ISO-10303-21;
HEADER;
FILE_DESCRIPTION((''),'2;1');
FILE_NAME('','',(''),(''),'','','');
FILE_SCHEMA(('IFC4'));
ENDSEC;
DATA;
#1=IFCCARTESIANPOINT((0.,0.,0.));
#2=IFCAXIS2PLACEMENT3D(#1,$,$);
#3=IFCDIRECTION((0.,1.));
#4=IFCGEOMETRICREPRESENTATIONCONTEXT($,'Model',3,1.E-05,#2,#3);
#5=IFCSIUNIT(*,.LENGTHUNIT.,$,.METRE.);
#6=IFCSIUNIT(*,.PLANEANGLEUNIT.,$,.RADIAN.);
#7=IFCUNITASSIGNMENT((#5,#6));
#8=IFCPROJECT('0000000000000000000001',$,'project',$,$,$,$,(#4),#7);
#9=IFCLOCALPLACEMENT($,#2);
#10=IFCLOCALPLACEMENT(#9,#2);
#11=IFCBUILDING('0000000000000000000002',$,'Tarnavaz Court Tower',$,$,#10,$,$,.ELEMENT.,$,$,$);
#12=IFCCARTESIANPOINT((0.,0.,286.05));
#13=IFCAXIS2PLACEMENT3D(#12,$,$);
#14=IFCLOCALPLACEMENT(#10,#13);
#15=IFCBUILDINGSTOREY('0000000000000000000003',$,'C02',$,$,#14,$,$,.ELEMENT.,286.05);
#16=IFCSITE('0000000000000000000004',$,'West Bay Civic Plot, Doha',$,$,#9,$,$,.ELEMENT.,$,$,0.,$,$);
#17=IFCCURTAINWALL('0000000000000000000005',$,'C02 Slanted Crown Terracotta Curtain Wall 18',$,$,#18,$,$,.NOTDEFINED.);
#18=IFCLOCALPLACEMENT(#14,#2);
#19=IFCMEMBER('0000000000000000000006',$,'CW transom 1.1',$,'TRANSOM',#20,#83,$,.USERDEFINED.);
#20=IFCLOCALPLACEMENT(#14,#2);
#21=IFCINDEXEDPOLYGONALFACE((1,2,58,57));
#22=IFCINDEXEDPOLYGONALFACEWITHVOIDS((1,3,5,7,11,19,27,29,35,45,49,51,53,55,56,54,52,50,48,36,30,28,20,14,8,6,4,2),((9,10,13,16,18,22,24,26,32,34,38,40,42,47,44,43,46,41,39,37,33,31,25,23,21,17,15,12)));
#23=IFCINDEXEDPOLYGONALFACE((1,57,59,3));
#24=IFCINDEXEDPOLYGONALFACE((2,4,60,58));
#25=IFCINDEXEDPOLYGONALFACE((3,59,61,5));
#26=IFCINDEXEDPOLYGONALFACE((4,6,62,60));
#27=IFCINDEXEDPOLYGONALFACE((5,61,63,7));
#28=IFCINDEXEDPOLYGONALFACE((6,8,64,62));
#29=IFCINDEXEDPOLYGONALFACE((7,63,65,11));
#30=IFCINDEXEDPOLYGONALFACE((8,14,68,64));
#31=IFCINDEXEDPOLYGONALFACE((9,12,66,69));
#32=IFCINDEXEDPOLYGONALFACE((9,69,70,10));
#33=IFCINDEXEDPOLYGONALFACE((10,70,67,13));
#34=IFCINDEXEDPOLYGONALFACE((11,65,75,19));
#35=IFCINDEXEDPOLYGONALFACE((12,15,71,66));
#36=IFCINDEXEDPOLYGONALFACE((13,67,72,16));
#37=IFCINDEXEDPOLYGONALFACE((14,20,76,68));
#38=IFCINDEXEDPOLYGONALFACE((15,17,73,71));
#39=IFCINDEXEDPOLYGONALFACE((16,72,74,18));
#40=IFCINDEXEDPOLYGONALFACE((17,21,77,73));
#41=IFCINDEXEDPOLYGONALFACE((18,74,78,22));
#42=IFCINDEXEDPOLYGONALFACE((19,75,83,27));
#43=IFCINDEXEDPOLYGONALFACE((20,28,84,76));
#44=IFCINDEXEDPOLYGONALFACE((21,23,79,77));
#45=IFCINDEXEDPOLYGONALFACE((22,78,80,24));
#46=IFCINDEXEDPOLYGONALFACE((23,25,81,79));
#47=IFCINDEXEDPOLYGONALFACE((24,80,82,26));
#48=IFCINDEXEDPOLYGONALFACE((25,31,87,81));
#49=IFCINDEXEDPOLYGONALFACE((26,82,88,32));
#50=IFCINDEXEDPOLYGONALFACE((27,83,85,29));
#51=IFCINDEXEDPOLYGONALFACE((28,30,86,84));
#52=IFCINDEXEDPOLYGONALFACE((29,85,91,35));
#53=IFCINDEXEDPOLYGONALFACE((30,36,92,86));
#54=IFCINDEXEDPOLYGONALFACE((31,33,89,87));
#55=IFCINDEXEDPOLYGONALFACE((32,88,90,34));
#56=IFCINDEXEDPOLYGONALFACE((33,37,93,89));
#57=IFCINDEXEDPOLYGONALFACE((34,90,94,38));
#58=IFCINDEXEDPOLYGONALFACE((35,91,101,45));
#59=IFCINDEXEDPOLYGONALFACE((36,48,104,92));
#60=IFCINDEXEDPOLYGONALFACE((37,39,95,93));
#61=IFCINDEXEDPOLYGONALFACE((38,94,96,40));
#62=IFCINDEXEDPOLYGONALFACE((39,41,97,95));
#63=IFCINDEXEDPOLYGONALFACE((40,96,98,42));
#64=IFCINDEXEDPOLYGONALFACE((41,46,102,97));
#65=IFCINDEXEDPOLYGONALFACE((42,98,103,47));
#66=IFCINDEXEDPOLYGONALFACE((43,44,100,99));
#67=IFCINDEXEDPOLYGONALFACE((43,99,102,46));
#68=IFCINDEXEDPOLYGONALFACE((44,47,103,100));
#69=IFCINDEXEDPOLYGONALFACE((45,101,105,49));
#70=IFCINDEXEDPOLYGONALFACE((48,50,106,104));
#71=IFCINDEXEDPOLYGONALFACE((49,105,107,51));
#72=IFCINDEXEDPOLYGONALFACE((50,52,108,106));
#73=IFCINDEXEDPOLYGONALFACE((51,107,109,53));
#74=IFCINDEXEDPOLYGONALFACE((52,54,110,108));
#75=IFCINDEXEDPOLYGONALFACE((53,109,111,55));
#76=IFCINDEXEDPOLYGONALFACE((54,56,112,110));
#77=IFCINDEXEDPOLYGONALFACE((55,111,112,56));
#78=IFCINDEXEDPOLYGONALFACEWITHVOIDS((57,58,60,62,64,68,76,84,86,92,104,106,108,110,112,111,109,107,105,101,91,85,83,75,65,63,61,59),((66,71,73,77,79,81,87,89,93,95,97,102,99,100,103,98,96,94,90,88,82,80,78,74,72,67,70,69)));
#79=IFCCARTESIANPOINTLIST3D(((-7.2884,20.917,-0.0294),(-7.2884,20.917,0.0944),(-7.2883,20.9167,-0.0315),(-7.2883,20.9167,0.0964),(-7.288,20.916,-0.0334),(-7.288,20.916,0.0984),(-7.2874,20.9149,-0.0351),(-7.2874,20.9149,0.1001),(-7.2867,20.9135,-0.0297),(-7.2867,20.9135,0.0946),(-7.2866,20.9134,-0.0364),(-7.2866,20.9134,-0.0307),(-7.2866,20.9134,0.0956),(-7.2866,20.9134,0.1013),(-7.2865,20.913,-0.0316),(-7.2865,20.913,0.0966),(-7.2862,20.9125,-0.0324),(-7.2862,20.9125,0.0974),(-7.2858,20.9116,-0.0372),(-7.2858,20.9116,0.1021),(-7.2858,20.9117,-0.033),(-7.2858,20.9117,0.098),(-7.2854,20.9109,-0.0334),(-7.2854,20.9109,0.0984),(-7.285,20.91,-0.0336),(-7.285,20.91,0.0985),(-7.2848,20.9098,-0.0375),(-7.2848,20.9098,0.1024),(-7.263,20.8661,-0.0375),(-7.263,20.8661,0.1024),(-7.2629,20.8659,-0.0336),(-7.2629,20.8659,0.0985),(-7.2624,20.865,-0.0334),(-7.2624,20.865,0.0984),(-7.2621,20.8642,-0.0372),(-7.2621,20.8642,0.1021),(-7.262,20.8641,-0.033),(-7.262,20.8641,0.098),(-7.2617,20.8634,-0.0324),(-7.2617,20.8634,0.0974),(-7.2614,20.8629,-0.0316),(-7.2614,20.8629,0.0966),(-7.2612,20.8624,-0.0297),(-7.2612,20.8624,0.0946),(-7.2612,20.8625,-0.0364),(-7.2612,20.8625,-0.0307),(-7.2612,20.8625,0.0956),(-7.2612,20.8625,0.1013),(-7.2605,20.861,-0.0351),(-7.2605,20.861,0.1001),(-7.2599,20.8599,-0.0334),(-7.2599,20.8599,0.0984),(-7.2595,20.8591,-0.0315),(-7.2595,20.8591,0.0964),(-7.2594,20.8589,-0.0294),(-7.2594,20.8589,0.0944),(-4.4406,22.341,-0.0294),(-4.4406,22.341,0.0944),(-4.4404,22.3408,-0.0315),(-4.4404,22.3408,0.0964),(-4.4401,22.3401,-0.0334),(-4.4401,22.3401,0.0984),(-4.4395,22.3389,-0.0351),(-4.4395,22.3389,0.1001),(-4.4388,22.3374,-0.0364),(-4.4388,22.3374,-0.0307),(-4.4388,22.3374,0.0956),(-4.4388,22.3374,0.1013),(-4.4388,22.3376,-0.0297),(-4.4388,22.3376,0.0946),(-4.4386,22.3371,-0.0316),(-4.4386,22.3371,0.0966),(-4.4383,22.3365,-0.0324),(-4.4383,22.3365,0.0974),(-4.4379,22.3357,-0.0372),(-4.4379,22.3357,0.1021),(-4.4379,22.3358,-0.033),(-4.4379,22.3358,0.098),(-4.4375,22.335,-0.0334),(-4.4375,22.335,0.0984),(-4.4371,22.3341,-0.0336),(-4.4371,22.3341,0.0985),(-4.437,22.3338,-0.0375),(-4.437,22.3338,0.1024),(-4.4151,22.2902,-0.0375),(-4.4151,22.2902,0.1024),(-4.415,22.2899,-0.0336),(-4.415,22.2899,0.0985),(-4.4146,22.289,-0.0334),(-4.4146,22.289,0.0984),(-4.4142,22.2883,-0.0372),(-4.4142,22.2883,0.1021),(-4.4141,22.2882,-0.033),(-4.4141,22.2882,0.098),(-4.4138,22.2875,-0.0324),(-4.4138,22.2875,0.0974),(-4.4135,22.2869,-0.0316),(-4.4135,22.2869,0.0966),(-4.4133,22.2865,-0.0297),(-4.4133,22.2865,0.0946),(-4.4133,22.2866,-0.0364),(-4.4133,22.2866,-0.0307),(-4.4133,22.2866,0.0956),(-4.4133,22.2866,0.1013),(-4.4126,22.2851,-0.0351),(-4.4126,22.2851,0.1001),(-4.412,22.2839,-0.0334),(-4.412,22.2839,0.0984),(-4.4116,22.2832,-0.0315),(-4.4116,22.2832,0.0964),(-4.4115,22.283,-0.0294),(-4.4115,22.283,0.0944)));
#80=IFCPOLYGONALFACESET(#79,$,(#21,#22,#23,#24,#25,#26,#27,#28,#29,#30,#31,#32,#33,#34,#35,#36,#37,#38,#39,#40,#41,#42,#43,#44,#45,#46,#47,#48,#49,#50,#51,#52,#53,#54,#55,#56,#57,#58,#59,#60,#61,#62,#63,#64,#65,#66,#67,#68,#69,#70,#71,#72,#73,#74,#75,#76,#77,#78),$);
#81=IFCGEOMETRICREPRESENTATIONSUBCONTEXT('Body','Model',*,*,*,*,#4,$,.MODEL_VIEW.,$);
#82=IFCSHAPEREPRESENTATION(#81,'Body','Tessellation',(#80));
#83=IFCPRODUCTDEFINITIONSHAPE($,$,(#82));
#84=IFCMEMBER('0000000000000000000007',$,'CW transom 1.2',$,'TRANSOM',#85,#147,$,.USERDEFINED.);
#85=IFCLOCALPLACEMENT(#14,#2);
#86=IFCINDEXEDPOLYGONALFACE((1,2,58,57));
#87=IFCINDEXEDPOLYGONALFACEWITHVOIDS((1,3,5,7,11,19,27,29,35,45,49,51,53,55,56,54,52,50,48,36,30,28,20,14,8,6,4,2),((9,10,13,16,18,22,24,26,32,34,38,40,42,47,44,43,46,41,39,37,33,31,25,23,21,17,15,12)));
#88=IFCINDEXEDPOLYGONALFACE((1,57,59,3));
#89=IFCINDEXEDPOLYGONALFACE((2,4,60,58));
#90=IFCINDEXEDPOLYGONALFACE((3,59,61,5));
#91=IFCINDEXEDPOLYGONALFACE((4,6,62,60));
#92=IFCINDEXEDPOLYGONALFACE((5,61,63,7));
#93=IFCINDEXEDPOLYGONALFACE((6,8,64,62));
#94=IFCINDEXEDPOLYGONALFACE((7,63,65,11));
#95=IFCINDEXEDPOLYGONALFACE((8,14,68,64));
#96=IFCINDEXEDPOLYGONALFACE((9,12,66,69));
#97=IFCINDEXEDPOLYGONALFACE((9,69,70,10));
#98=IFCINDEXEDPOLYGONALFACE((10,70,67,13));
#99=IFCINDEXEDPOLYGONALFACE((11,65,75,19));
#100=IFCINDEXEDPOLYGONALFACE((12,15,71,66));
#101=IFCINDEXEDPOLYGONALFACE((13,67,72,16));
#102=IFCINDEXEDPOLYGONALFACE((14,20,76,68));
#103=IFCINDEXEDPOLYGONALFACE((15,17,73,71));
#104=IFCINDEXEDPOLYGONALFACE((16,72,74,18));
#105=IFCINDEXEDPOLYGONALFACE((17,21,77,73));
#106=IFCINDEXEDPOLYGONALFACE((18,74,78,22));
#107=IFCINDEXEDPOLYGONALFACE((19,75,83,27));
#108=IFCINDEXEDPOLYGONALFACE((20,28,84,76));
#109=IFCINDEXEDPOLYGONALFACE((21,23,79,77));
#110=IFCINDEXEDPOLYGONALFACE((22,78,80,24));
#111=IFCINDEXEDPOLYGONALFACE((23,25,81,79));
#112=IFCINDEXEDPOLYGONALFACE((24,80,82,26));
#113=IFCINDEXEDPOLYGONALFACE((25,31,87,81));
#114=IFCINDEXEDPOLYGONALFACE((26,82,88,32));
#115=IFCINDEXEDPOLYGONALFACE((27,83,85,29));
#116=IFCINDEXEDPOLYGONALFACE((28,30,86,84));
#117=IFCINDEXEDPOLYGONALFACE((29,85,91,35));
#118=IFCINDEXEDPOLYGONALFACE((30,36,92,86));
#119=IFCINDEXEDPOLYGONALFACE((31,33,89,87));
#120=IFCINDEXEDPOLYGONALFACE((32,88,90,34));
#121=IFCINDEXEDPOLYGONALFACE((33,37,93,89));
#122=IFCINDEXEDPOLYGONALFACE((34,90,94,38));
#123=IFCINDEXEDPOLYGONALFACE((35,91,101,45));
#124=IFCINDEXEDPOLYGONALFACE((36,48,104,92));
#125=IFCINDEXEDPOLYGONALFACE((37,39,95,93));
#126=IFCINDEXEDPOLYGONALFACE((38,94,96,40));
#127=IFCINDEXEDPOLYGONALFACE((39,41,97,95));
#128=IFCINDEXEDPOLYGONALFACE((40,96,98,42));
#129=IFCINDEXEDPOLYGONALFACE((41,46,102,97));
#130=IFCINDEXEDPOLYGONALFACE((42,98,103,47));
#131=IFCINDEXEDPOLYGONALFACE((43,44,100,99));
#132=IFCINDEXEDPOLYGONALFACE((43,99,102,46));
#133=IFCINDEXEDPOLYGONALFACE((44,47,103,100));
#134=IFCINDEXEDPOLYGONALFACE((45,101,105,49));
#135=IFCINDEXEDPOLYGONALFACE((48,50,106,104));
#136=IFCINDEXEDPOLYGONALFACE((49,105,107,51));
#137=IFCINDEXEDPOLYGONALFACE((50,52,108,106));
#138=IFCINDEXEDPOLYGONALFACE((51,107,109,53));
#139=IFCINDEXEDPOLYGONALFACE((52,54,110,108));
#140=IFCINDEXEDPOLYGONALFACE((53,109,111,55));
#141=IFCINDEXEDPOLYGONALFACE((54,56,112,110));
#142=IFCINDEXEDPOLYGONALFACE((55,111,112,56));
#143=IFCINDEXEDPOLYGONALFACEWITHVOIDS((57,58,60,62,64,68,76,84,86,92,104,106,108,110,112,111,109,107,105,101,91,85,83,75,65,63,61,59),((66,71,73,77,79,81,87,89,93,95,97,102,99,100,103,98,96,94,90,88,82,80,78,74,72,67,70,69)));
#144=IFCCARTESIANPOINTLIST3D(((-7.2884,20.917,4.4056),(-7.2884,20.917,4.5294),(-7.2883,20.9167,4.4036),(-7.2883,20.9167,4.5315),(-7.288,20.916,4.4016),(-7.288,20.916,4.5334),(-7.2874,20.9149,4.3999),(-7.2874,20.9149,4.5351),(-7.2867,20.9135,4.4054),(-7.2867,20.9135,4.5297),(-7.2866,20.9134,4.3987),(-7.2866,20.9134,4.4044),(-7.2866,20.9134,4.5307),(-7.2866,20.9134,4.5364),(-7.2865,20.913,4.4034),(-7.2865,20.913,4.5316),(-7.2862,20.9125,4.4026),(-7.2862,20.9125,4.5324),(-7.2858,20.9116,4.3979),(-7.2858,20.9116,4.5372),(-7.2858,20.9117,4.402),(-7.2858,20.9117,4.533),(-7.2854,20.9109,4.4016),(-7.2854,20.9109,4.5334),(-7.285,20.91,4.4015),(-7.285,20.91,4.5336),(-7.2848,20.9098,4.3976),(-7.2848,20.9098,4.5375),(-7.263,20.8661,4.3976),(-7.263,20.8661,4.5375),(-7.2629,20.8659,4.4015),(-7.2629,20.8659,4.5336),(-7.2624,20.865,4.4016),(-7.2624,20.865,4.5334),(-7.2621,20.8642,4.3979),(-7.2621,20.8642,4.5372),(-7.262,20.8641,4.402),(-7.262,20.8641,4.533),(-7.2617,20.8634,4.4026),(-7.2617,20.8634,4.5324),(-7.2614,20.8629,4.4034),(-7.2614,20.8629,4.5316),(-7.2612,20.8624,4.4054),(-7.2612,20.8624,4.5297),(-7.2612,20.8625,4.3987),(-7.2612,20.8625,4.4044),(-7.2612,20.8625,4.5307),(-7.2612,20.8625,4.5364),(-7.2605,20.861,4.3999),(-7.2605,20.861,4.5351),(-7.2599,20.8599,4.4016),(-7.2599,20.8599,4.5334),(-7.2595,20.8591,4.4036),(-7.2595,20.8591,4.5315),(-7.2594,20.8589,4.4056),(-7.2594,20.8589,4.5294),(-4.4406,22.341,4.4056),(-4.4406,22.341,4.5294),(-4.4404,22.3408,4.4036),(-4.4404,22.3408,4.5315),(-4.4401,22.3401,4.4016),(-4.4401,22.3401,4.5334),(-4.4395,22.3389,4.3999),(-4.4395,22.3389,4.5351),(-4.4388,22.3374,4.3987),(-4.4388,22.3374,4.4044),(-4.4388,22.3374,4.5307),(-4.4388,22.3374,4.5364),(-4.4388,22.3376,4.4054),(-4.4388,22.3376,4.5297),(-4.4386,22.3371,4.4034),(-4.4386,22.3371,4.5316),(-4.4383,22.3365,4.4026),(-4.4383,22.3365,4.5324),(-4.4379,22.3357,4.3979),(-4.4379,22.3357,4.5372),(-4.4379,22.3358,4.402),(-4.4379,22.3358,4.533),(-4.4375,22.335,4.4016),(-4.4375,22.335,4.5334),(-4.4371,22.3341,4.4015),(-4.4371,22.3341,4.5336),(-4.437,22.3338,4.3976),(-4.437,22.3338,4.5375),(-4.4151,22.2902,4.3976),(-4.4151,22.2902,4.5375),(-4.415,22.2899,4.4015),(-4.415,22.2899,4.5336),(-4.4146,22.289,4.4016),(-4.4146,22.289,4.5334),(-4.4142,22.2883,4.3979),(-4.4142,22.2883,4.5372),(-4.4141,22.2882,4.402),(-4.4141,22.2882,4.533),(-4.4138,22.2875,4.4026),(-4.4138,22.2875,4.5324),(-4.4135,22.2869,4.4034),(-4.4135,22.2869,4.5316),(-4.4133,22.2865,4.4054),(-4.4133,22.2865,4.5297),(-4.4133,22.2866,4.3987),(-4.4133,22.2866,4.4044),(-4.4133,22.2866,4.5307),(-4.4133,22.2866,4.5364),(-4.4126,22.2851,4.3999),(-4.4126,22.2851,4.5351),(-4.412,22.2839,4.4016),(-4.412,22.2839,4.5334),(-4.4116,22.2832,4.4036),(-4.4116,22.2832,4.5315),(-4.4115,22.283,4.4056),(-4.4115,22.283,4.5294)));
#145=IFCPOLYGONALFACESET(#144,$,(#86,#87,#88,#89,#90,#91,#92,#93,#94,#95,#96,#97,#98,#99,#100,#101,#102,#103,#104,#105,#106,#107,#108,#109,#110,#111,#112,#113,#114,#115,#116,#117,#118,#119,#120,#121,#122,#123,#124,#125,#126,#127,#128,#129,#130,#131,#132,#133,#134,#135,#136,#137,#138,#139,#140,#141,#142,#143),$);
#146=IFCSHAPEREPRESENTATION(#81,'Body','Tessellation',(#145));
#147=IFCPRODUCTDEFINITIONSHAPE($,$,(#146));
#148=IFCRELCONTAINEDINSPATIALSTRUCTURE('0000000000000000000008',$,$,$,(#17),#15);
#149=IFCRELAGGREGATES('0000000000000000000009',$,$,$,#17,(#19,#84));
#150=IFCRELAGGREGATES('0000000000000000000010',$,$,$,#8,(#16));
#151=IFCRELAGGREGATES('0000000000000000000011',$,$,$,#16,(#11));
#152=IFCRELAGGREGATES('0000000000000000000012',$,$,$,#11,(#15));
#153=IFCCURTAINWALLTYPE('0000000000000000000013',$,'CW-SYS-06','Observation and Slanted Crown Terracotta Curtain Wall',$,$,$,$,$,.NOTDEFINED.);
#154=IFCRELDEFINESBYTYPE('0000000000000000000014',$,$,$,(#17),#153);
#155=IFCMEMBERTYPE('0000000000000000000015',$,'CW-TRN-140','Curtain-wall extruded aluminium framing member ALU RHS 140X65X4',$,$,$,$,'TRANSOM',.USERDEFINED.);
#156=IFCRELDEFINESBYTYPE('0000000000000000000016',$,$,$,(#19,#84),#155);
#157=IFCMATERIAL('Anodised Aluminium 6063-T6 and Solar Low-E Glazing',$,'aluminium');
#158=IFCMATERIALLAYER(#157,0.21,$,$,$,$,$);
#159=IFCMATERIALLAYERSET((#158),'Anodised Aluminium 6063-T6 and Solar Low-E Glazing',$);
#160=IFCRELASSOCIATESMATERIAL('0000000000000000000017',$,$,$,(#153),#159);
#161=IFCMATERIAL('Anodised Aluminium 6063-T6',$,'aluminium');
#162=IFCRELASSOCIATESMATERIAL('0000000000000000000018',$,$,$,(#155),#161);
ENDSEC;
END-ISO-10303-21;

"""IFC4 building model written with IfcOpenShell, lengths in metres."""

from ifc_helpers import new_model, si_unit, direction, frame, origin, origin_2d, place, context, subcontext, project, spatial, hollow_rectangle, extrude, material, layer, layer_set, material_profile, profile_set, type_object, element, aggregate, save


model = new_model("IFC4")

# Units and contexts
model_context = context("Model", 3, precision=1e-05, world=origin(), true_north=direction((0.0, 1.0)))
body_context = subcontext(model_context, "Body", "Model", "MODEL_VIEW")
ifc_project = project(units=[si_unit("LENGTHUNIT", "METRE"), si_unit("PLANEANGLEUNIT", "RADIAN")], contexts=[model_context])

# Site, building, storey
site_placement = place(None, origin())
site = spatial("IfcSite", under=ifc_project, at=site_placement, Name="West Bay Civic Plot, Doha", CompositionType="ELEMENT", RefElevation=0.0)
building_placement = place(site_placement, origin())
building = spatial("IfcBuilding", under=site, at=building_placement, Name="Tarnavaz Court Tower", CompositionType="ELEMENT")
storey_placement = place(building_placement, frame((0.0, 0.0, 286.05)))
storey = spatial("IfcBuildingStorey", under=building, at=storey_placement, Name="C02", CompositionType="ELEMENT", Elevation=286.05)

# Curtain wall
ifc_material_1 = material(Name="Anodised Aluminium 6063-T6 and Solar Low-E Glazing", Category="aluminium")
ifc_layer_1 = layer(ifc_material_1, 0.21)
ifc_layer_set_1 = layer_set([ifc_layer_1], Name="Anodised Aluminium 6063-T6 and Solar Low-E Glazing")
curtain_wall_type = type_object("IfcCurtainWallType", Name="CW-SYS-06", Description="Observation and Slanted Crown Terracotta Curtain Wall", PredefinedType="NOTDEFINED", material=ifc_layer_set_1)
ifc_material_2 = material(Name="Anodised Aluminium 6063-T6", Category="aluminium")
curtain_wall_1_placement = place(storey_placement, origin())
curtain_wall_1 = element("IfcCurtainWall", 1, at=curtain_wall_1_placement, inside=storey, type_object=curtain_wall_type, Name="C02 Slanted Crown Terracotta Curtain Wall 18", PredefinedType="NOTDEFINED")

# Members
ifc_material_profile_1 = material_profile(ifc_material_2, hollow_rectangle(XDim=0.0649, YDim=0.1399, WallThickness=0.0039, InnerFilletRadius=0.0039, OuterFilletRadius=0.0081, at=origin_2d()), Name="ALU RHS 140X65X4")
ifc_profile_set_1 = profile_set([ifc_material_profile_1], Name="Anodised Aluminium 6063-T6")
member_type_1 = type_object("IfcMemberType", Name="CW-TRN-140", Description="Curtain-wall extruded aluminium framing member ALU RHS 140X65X4", ElementType="TRANSOM", PredefinedType="USERDEFINED", material=ifc_profile_set_1)
member_1_placement = place(storey_placement, frame((-7.2739, 20.8879, 0.0325), z_axis=(0.894412, 0.447244, 0.0), x_axis=(-0.447244, 0.894412, 0.0)))
member_1 = element("IfcMember", 2, at=member_1_placement, type_object=member_type_1, Name="CW transom 1.1", ObjectType="TRANSOM", PredefinedType="USERDEFINED", context=body_context, shape_type="SweptSolid", body=[
    extrude(hollow_rectangle(XDim=0.0649, YDim=0.1399, WallThickness=0.0039, InnerFilletRadius=0.0039, OuterFilletRadius=0.0081, at=origin_2d()), origin(), (0.0, 0.0, 1.0), 3.1841),
])
member_2_placement = place(storey_placement, frame((-7.2739, 20.8879, 4.4675), z_axis=(0.894412, 0.447244, 0.0), x_axis=(-0.447244, 0.894412, 0.0)))
member_2 = element("IfcMember", 3, at=member_2_placement, type_object=member_type_1, Name="CW transom 1.2", ObjectType="TRANSOM", PredefinedType="USERDEFINED", context=body_context, shape_type="SweptSolid", body=[
    extrude(hollow_rectangle(XDim=0.0649, YDim=0.1399, WallThickness=0.0039, InnerFilletRadius=0.0039, OuterFilletRadius=0.0081, at=origin_2d()), origin(), (0.0, 0.0, 1.0), 3.1841),
])

aggregate(curtain_wall_1, [member_1, member_2])

save(model, "model.ifc")
